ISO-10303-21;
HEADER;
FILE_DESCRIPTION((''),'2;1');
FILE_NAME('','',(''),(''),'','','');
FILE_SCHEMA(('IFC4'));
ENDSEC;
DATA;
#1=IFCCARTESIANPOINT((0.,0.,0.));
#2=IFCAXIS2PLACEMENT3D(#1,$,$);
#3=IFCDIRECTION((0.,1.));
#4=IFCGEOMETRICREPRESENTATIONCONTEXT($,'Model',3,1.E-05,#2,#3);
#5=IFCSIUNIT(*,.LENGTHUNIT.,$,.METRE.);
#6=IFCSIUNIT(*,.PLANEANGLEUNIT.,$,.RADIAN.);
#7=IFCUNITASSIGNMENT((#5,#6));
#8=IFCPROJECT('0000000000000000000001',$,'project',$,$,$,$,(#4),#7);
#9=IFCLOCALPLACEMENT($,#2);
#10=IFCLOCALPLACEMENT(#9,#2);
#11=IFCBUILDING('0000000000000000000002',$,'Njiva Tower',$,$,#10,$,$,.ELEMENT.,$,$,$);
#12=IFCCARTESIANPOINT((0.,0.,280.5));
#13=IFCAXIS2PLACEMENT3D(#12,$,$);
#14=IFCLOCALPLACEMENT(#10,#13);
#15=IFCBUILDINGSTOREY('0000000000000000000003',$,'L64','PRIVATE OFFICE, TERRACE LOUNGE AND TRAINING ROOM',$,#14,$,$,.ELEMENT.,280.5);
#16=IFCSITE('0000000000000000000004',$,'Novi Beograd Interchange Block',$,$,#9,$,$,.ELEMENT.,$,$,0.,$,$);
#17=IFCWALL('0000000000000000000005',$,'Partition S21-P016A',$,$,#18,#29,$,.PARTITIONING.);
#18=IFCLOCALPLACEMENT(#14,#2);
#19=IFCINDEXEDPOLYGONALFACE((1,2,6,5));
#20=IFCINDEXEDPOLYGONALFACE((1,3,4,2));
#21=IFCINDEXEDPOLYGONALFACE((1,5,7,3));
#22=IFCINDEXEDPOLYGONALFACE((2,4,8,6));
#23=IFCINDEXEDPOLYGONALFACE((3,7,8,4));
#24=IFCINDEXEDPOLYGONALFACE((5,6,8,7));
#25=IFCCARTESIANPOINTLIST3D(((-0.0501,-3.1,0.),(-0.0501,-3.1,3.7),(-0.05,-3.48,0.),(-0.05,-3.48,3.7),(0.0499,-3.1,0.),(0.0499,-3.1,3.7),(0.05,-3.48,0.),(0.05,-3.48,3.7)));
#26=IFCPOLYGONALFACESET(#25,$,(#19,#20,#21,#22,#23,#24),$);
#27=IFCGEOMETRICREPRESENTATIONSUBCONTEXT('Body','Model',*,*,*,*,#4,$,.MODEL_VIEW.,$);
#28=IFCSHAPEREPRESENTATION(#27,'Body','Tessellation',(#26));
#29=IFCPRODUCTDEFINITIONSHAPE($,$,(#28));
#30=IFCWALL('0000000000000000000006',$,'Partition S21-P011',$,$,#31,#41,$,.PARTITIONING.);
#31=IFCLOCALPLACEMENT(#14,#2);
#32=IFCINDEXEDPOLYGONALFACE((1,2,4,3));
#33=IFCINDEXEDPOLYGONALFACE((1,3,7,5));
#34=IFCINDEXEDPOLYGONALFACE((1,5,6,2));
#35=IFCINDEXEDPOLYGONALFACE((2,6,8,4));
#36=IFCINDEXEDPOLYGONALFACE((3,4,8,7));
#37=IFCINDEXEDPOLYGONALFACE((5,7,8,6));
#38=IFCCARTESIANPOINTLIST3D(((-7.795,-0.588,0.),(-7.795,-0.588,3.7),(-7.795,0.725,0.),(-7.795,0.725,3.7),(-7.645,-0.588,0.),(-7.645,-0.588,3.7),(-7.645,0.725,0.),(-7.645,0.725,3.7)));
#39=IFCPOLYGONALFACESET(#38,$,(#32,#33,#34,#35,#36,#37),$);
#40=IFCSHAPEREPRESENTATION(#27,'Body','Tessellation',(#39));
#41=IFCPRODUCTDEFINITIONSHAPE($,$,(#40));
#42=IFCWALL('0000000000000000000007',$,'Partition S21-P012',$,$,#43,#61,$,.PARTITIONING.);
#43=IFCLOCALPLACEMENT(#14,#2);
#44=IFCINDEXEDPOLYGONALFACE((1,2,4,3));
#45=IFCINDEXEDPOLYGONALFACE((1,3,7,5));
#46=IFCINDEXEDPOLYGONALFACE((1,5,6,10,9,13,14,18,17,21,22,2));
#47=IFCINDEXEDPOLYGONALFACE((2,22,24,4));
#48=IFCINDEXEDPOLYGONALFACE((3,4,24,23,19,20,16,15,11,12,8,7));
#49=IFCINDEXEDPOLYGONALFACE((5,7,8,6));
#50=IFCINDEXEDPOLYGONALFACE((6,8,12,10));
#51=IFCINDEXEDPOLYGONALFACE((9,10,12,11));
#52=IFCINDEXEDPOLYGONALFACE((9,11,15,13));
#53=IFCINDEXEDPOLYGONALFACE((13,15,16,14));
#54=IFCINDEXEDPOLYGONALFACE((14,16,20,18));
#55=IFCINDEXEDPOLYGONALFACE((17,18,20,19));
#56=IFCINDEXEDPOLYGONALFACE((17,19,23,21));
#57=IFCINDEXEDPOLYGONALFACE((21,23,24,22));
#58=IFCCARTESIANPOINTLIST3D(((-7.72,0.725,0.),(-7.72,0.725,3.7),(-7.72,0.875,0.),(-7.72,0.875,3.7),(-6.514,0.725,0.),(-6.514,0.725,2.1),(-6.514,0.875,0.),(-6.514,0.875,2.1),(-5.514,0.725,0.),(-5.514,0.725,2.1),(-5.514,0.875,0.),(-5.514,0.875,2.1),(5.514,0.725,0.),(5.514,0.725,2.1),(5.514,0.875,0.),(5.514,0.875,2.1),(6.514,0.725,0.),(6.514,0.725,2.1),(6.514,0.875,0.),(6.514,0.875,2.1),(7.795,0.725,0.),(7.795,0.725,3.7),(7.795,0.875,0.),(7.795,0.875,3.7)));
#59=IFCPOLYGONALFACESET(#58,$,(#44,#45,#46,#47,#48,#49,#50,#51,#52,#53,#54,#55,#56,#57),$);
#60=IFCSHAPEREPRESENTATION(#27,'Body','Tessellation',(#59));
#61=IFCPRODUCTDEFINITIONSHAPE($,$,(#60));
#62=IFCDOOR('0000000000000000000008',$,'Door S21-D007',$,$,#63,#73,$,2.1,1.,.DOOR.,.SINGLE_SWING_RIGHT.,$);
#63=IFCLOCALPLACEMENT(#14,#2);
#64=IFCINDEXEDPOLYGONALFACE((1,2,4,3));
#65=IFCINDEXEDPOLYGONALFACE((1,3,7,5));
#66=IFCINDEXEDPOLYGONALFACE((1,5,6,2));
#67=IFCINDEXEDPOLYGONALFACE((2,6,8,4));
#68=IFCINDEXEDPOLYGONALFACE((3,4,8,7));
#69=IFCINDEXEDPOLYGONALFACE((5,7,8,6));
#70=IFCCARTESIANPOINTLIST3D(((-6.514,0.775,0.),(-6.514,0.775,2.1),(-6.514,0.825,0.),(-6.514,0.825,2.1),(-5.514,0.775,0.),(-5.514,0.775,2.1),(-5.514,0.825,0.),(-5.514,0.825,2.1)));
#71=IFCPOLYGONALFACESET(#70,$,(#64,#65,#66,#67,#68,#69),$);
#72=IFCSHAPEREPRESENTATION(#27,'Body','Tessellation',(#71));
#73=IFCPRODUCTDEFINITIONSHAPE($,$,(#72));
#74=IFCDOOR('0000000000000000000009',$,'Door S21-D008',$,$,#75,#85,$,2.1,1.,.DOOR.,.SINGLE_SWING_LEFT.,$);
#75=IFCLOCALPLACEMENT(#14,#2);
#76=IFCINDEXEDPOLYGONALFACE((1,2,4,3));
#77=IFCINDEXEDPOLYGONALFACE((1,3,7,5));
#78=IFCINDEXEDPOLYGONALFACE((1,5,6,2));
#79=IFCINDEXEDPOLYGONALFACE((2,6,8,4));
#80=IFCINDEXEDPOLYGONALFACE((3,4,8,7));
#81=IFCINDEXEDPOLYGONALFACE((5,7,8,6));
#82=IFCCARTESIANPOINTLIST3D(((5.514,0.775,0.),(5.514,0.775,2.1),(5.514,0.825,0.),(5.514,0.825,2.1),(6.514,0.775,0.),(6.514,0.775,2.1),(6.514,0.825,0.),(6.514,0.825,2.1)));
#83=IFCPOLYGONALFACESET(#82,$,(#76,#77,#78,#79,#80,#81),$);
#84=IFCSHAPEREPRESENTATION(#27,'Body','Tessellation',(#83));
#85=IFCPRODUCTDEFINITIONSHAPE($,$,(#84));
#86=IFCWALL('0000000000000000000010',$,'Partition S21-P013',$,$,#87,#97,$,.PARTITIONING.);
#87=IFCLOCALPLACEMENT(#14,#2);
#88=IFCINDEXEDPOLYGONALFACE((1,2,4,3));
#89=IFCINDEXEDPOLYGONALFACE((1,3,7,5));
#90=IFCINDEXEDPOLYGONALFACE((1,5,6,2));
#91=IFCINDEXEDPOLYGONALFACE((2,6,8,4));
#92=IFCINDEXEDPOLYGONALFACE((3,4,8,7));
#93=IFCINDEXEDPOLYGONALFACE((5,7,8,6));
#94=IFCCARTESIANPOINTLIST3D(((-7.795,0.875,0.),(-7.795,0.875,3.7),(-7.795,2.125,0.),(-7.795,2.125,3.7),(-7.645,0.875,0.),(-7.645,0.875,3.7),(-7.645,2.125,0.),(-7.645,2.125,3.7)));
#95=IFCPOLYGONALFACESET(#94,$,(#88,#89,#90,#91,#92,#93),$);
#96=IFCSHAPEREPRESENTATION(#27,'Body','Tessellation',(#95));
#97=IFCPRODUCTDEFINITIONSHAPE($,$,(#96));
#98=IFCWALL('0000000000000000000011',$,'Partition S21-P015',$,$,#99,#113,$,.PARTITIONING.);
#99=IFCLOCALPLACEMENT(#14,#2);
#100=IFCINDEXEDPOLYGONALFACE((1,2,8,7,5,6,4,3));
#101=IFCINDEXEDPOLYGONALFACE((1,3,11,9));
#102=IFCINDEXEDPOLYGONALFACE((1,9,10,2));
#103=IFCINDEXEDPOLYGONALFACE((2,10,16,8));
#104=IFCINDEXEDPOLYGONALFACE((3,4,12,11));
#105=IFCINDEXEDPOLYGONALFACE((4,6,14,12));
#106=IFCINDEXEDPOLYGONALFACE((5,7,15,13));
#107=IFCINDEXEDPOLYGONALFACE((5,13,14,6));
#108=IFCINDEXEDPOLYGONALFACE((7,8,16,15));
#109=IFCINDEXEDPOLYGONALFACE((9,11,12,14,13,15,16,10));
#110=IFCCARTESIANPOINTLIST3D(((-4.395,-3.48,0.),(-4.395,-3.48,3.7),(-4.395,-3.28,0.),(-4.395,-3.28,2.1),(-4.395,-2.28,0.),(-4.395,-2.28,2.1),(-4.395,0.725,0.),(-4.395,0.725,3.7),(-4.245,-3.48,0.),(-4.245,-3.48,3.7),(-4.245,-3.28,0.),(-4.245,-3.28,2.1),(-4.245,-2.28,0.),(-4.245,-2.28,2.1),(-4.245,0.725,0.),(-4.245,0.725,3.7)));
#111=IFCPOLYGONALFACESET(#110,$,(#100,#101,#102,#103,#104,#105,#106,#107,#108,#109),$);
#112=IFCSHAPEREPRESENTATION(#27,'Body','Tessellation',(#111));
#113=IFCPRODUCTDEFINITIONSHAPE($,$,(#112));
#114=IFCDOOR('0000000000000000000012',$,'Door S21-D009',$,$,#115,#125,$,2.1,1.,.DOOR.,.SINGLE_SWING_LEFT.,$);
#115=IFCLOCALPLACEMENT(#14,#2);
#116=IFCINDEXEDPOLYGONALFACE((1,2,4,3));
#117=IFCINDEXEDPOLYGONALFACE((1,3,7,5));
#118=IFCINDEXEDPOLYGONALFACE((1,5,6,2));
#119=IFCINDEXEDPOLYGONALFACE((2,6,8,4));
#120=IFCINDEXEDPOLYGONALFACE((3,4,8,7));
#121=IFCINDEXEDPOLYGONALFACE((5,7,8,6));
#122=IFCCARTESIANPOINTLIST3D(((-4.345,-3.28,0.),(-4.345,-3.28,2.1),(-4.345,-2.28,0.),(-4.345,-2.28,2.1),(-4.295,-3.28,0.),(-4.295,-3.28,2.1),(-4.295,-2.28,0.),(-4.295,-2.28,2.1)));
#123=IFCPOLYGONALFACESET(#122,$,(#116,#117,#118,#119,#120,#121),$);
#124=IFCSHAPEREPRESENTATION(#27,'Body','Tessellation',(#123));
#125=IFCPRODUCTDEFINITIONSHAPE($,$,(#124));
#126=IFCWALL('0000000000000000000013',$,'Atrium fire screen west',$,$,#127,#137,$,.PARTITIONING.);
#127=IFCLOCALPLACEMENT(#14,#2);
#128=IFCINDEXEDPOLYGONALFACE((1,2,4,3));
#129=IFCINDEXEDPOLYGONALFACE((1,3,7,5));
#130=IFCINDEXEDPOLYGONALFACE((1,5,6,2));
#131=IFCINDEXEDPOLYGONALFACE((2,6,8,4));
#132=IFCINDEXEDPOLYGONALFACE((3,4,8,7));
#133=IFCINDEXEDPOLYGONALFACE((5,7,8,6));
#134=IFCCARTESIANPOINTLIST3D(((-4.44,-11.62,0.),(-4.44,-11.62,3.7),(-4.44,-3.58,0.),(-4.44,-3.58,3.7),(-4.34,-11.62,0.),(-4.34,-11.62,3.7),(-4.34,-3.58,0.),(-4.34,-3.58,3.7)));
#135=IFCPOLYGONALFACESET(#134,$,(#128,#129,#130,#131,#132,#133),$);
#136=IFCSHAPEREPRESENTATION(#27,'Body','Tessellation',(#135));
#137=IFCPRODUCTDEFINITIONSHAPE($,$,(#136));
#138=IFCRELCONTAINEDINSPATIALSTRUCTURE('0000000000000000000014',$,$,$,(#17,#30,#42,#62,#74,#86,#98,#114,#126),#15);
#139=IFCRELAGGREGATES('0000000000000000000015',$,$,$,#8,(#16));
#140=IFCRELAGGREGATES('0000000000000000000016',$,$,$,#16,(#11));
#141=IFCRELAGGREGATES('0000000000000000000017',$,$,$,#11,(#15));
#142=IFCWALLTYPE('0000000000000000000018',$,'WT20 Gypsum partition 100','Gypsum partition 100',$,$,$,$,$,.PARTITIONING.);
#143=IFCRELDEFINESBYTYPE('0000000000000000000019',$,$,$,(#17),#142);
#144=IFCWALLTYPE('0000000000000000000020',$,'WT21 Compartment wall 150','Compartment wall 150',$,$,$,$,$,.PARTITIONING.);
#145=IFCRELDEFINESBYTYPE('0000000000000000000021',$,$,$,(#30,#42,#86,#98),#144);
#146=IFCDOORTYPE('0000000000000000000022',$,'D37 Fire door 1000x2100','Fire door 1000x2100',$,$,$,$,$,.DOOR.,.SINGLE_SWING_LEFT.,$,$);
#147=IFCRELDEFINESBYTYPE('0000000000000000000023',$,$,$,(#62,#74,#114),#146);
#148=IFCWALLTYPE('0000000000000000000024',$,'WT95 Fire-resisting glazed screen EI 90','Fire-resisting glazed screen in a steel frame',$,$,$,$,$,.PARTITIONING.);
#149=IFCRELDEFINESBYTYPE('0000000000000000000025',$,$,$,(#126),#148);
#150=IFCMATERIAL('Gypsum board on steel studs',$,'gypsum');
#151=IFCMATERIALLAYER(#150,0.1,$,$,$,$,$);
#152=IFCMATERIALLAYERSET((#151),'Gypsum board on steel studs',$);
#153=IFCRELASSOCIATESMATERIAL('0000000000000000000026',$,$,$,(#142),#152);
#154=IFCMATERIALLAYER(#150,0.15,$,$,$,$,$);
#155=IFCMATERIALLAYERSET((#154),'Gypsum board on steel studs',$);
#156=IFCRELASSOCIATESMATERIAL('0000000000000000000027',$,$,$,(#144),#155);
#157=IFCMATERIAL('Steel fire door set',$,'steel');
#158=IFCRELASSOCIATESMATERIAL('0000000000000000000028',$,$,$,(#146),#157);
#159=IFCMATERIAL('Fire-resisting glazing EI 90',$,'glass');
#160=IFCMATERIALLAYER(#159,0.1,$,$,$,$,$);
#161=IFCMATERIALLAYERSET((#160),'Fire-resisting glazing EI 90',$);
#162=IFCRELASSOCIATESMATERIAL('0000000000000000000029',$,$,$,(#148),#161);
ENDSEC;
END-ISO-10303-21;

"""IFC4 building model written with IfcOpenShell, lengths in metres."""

from ifc_helpers import new_model, si_unit, direction, frame, frame_2d, origin, place, context, subcontext, project, spatial, rectangle, extrude, material, layer, layer_set, type_object, element, fill, save


model = new_model("IFC4")

# Units and contexts
model_context = context("Model", 3, precision=1e-05, world=origin(), true_north=direction((0.0, 1.0)))
body_context = subcontext(model_context, "Body", "Model", "MODEL_VIEW")
ifc_project = project(units=[si_unit("LENGTHUNIT", "METRE"), si_unit("PLANEANGLEUNIT", "RADIAN")], contexts=[model_context])

# Site, building, storey
site_placement = place(None, origin())
site = spatial("IfcSite", under=ifc_project, at=site_placement, Name="Novi Beograd Interchange Block", CompositionType="ELEMENT", RefElevation=0.0)
building_placement = place(site_placement, origin())
building = spatial("IfcBuilding", under=site, at=building_placement, Name="Njiva Tower", CompositionType="ELEMENT")
storey_placement = place(building_placement, frame((0.0, 0.0, 280.5)))
storey = spatial("IfcBuildingStorey", under=building, at=storey_placement, Name="L64", Description="PRIVATE OFFICE, TERRACE LOUNGE AND TRAINING ROOM", CompositionType="ELEMENT", Elevation=280.5)

# Walls
ifc_material_1 = material(Name="Gypsum board on steel studs", Category="gypsum")
ifc_layer_1 = layer(ifc_material_1, 0.1)
ifc_layer_set_1 = layer_set([ifc_layer_1], Name="Gypsum board on steel studs")
wall_type_1 = type_object("IfcWallType", Name="WT20 Gypsum partition 100", Description="Gypsum partition 100", PredefinedType="PARTITIONING", material=ifc_layer_set_1)
wall_1_placement = place(storey_placement, frame((-0.0001, -3.1, 0.0), z_axis=(0.0, 0.0, 1.0), x_axis=(0.000263, -1.0, 0.0)))
element("IfcWall", 1, at=wall_1_placement, inside=storey, type_object=wall_type_1, Name="Partition S21-P016A", PredefinedType="PARTITIONING", context=body_context, shape_type="SweptSolid", body=[
    extrude(rectangle(XDim=0.38, YDim=0.1, at=frame_2d((0.19, 0.0))), origin(), (0.0, 0.0, 1.0), 3.7),
])
ifc_layer_2 = layer(ifc_material_1, 0.15)
ifc_layer_set_2 = layer_set([ifc_layer_2], Name="Gypsum board on steel studs")
wall_type_2 = type_object("IfcWallType", Name="WT21 Compartment wall 150", Description="Compartment wall 150", PredefinedType="PARTITIONING", material=ifc_layer_set_2)
wall_2_placement = place(storey_placement, frame((-7.72, -0.588, 0.0), z_axis=(0.0, 0.0, 1.0), x_axis=(0.0, 1.0, 0.0)))
element("IfcWall", 2, at=wall_2_placement, inside=storey, type_object=wall_type_2, Name="Partition S21-P011", PredefinedType="PARTITIONING", context=body_context, shape_type="SweptSolid", body=[
    extrude(rectangle(XDim=1.313, YDim=0.15, at=frame_2d((0.6565, 0.0))), origin(), (0.0, 0.0, 1.0), 3.7),
])

# Wall, openings, doors
wall_3_placement = place(storey_placement, frame((-7.72, 0.8, 0.0), z_axis=(0.0, 0.0, 1.0), x_axis=(1.0, 0.0, 0.0)))
wall_3 = element("IfcWall", 3, at=wall_3_placement, inside=storey, type_object=wall_type_2, Name="Partition S21-P012", PredefinedType="PARTITIONING", context=body_context, shape_type="SweptSolid", body=[
    extrude(rectangle(XDim=15.515, YDim=0.15, at=frame_2d((7.7575, 0.0))), origin(), (0.0, 0.0, 1.0), 3.7),
])
opening_1_placement = place(wall_3_placement, frame((1.206, 0.0, 0.0)))
opening_1 = element("IfcOpeningElement", 4, at=opening_1_placement, cuts=wall_3, PredefinedType="OPENING", context=body_context, shape_type="SweptSolid", body=[
    extrude(rectangle(XDim=1.0, YDim=2.1, at=frame_2d((0.5, 1.05))), frame((0.0, 0.085, 0.0), z_axis=(0.0, -1.0, 0.0), x_axis=(1.0, 0.0, 0.0)), (0.0, 0.0, 1.0), 0.17),
])
opening_2_placement = place(wall_3_placement, frame((13.234, 0.0, 0.0)))
opening_2 = element("IfcOpeningElement", 5, at=opening_2_placement, cuts=wall_3, PredefinedType="OPENING", context=body_context, shape_type="SweptSolid", body=[
    extrude(rectangle(XDim=1.0, YDim=2.1, at=frame_2d((0.5, 1.05))), frame((0.0, 0.085, 0.0), z_axis=(0.0, -1.0, 0.0), x_axis=(1.0, 0.0, 0.0)), (0.0, 0.0, 1.0), 0.17),
])
ifc_material_2 = material(Name="Steel fire door set", Category="steel")
door_type = type_object("IfcDoorType", Name="D37 Fire door 1000x2100", Description="Fire door 1000x2100", OperationType="SINGLE_SWING_LEFT", PredefinedType="DOOR", material=ifc_material_2)
door_1_placement = place(opening_1_placement, origin())
door_1 = element("IfcDoor", 6, at=door_1_placement, inside=storey, type_object=door_type, Name="Door S21-D007", OperationType="SINGLE_SWING_RIGHT", OverallHeight=2.1, OverallWidth=1.0, PredefinedType="DOOR", context=body_context, shape_type="SweptSolid", body=[
    extrude(rectangle(XDim=1.0, YDim=2.1, at=frame_2d((0.5, 1.05))), frame((0.0, 0.025, 0.0), z_axis=(0.0, -1.0, 0.0), x_axis=(1.0, 0.0, 0.0)), (0.0, 0.0, 1.0), 0.05),
])
fill(opening_1, door_1)
door_2_placement = place(opening_2_placement, origin())
door_2 = element("IfcDoor", 7, at=door_2_placement, inside=storey, type_object=door_type, Name="Door S21-D008", OperationType="SINGLE_SWING_LEFT", OverallHeight=2.1, OverallWidth=1.0, PredefinedType="DOOR", context=body_context, shape_type="SweptSolid", body=[
    extrude(rectangle(XDim=1.0, YDim=2.1, at=frame_2d((0.5, 1.05))), frame((0.0, 0.025, 0.0), z_axis=(0.0, -1.0, 0.0), x_axis=(1.0, 0.0, 0.0)), (0.0, 0.0, 1.0), 0.05),
])
fill(opening_2, door_2)

# Wall
wall_4_placement = place(storey_placement, frame((-7.72, 0.875, 0.0), z_axis=(0.0, 0.0, 1.0), x_axis=(0.0, 1.0, 0.0)))
element("IfcWall", 8, at=wall_4_placement, inside=storey, type_object=wall_type_2, Name="Partition S21-P013", PredefinedType="PARTITIONING", context=body_context, shape_type="SweptSolid", body=[
    extrude(rectangle(XDim=1.25, YDim=0.15, at=frame_2d((0.625, 0.0))), origin(), (0.0, 0.0, 1.0), 3.7),
])

# Wall, opening, door
wall_5_placement = place(storey_placement, frame((-4.32, -3.48, 0.0), z_axis=(0.0, 0.0, 1.0), x_axis=(0.0, 1.0, 0.0)))
wall_5 = element("IfcWall", 9, at=wall_5_placement, inside=storey, type_object=wall_type_2, Name="Partition S21-P015", PredefinedType="PARTITIONING", context=body_context, shape_type="SweptSolid", body=[
    extrude(rectangle(XDim=4.205, YDim=0.15, at=frame_2d((2.1025, 0.0))), origin(), (0.0, 0.0, 1.0), 3.7),
])
opening_3_placement = place(wall_5_placement, frame((0.2, 0.0, 0.0)))
opening_3 = element("IfcOpeningElement", 10, at=opening_3_placement, cuts=wall_5, PredefinedType="OPENING", context=body_context, shape_type="SweptSolid", body=[
    extrude(rectangle(XDim=1.0, YDim=2.1, at=frame_2d((0.5, 1.05))), frame((0.0, 0.085, 0.0), z_axis=(0.0, -1.0, 0.0), x_axis=(1.0, 0.0, 0.0)), (0.0, 0.0, 1.0), 0.17),
])
door_3_placement = place(opening_3_placement, origin())
door_3 = element("IfcDoor", 11, at=door_3_placement, inside=storey, type_object=door_type, Name="Door S21-D009", OperationType="SINGLE_SWING_LEFT", OverallHeight=2.1, OverallWidth=1.0, PredefinedType="DOOR", context=body_context, shape_type="SweptSolid", body=[
    extrude(rectangle(XDim=1.0, YDim=2.1, at=frame_2d((0.5, 1.05))), frame((0.0, 0.025, 0.0), z_axis=(0.0, -1.0, 0.0), x_axis=(1.0, 0.0, 0.0)), (0.0, 0.0, 1.0), 0.05),
])
fill(opening_3, door_3)

# Wall
ifc_material_3 = material(Name="Fire-resisting glazing EI 90", Category="glass")
ifc_layer_3 = layer(ifc_material_3, 0.1)
ifc_layer_set_3 = layer_set([ifc_layer_3], Name="Fire-resisting glazing EI 90")
wall_type_3 = type_object("IfcWallType", Name="WT95 Fire-resisting glazed screen EI 90", Description="Fire-resisting glazed screen in a steel frame", PredefinedType="PARTITIONING", material=ifc_layer_set_3)
wall_6_placement = place(storey_placement, frame((-4.39, -3.58, 0.0), z_axis=(0.0, 0.0, 1.0), x_axis=(0.0, -1.0, 0.0)))
element("IfcWall", 12, at=wall_6_placement, inside=storey, type_object=wall_type_3, Name="Atrium fire screen west", PredefinedType="PARTITIONING", context=body_context, shape_type="SweptSolid", body=[
    extrude(rectangle(XDim=8.04, YDim=0.1, at=frame_2d((4.02, 0.0))), origin(), (0.0, 0.0, 1.0), 3.7),
])

save(model, "model.ifc")
